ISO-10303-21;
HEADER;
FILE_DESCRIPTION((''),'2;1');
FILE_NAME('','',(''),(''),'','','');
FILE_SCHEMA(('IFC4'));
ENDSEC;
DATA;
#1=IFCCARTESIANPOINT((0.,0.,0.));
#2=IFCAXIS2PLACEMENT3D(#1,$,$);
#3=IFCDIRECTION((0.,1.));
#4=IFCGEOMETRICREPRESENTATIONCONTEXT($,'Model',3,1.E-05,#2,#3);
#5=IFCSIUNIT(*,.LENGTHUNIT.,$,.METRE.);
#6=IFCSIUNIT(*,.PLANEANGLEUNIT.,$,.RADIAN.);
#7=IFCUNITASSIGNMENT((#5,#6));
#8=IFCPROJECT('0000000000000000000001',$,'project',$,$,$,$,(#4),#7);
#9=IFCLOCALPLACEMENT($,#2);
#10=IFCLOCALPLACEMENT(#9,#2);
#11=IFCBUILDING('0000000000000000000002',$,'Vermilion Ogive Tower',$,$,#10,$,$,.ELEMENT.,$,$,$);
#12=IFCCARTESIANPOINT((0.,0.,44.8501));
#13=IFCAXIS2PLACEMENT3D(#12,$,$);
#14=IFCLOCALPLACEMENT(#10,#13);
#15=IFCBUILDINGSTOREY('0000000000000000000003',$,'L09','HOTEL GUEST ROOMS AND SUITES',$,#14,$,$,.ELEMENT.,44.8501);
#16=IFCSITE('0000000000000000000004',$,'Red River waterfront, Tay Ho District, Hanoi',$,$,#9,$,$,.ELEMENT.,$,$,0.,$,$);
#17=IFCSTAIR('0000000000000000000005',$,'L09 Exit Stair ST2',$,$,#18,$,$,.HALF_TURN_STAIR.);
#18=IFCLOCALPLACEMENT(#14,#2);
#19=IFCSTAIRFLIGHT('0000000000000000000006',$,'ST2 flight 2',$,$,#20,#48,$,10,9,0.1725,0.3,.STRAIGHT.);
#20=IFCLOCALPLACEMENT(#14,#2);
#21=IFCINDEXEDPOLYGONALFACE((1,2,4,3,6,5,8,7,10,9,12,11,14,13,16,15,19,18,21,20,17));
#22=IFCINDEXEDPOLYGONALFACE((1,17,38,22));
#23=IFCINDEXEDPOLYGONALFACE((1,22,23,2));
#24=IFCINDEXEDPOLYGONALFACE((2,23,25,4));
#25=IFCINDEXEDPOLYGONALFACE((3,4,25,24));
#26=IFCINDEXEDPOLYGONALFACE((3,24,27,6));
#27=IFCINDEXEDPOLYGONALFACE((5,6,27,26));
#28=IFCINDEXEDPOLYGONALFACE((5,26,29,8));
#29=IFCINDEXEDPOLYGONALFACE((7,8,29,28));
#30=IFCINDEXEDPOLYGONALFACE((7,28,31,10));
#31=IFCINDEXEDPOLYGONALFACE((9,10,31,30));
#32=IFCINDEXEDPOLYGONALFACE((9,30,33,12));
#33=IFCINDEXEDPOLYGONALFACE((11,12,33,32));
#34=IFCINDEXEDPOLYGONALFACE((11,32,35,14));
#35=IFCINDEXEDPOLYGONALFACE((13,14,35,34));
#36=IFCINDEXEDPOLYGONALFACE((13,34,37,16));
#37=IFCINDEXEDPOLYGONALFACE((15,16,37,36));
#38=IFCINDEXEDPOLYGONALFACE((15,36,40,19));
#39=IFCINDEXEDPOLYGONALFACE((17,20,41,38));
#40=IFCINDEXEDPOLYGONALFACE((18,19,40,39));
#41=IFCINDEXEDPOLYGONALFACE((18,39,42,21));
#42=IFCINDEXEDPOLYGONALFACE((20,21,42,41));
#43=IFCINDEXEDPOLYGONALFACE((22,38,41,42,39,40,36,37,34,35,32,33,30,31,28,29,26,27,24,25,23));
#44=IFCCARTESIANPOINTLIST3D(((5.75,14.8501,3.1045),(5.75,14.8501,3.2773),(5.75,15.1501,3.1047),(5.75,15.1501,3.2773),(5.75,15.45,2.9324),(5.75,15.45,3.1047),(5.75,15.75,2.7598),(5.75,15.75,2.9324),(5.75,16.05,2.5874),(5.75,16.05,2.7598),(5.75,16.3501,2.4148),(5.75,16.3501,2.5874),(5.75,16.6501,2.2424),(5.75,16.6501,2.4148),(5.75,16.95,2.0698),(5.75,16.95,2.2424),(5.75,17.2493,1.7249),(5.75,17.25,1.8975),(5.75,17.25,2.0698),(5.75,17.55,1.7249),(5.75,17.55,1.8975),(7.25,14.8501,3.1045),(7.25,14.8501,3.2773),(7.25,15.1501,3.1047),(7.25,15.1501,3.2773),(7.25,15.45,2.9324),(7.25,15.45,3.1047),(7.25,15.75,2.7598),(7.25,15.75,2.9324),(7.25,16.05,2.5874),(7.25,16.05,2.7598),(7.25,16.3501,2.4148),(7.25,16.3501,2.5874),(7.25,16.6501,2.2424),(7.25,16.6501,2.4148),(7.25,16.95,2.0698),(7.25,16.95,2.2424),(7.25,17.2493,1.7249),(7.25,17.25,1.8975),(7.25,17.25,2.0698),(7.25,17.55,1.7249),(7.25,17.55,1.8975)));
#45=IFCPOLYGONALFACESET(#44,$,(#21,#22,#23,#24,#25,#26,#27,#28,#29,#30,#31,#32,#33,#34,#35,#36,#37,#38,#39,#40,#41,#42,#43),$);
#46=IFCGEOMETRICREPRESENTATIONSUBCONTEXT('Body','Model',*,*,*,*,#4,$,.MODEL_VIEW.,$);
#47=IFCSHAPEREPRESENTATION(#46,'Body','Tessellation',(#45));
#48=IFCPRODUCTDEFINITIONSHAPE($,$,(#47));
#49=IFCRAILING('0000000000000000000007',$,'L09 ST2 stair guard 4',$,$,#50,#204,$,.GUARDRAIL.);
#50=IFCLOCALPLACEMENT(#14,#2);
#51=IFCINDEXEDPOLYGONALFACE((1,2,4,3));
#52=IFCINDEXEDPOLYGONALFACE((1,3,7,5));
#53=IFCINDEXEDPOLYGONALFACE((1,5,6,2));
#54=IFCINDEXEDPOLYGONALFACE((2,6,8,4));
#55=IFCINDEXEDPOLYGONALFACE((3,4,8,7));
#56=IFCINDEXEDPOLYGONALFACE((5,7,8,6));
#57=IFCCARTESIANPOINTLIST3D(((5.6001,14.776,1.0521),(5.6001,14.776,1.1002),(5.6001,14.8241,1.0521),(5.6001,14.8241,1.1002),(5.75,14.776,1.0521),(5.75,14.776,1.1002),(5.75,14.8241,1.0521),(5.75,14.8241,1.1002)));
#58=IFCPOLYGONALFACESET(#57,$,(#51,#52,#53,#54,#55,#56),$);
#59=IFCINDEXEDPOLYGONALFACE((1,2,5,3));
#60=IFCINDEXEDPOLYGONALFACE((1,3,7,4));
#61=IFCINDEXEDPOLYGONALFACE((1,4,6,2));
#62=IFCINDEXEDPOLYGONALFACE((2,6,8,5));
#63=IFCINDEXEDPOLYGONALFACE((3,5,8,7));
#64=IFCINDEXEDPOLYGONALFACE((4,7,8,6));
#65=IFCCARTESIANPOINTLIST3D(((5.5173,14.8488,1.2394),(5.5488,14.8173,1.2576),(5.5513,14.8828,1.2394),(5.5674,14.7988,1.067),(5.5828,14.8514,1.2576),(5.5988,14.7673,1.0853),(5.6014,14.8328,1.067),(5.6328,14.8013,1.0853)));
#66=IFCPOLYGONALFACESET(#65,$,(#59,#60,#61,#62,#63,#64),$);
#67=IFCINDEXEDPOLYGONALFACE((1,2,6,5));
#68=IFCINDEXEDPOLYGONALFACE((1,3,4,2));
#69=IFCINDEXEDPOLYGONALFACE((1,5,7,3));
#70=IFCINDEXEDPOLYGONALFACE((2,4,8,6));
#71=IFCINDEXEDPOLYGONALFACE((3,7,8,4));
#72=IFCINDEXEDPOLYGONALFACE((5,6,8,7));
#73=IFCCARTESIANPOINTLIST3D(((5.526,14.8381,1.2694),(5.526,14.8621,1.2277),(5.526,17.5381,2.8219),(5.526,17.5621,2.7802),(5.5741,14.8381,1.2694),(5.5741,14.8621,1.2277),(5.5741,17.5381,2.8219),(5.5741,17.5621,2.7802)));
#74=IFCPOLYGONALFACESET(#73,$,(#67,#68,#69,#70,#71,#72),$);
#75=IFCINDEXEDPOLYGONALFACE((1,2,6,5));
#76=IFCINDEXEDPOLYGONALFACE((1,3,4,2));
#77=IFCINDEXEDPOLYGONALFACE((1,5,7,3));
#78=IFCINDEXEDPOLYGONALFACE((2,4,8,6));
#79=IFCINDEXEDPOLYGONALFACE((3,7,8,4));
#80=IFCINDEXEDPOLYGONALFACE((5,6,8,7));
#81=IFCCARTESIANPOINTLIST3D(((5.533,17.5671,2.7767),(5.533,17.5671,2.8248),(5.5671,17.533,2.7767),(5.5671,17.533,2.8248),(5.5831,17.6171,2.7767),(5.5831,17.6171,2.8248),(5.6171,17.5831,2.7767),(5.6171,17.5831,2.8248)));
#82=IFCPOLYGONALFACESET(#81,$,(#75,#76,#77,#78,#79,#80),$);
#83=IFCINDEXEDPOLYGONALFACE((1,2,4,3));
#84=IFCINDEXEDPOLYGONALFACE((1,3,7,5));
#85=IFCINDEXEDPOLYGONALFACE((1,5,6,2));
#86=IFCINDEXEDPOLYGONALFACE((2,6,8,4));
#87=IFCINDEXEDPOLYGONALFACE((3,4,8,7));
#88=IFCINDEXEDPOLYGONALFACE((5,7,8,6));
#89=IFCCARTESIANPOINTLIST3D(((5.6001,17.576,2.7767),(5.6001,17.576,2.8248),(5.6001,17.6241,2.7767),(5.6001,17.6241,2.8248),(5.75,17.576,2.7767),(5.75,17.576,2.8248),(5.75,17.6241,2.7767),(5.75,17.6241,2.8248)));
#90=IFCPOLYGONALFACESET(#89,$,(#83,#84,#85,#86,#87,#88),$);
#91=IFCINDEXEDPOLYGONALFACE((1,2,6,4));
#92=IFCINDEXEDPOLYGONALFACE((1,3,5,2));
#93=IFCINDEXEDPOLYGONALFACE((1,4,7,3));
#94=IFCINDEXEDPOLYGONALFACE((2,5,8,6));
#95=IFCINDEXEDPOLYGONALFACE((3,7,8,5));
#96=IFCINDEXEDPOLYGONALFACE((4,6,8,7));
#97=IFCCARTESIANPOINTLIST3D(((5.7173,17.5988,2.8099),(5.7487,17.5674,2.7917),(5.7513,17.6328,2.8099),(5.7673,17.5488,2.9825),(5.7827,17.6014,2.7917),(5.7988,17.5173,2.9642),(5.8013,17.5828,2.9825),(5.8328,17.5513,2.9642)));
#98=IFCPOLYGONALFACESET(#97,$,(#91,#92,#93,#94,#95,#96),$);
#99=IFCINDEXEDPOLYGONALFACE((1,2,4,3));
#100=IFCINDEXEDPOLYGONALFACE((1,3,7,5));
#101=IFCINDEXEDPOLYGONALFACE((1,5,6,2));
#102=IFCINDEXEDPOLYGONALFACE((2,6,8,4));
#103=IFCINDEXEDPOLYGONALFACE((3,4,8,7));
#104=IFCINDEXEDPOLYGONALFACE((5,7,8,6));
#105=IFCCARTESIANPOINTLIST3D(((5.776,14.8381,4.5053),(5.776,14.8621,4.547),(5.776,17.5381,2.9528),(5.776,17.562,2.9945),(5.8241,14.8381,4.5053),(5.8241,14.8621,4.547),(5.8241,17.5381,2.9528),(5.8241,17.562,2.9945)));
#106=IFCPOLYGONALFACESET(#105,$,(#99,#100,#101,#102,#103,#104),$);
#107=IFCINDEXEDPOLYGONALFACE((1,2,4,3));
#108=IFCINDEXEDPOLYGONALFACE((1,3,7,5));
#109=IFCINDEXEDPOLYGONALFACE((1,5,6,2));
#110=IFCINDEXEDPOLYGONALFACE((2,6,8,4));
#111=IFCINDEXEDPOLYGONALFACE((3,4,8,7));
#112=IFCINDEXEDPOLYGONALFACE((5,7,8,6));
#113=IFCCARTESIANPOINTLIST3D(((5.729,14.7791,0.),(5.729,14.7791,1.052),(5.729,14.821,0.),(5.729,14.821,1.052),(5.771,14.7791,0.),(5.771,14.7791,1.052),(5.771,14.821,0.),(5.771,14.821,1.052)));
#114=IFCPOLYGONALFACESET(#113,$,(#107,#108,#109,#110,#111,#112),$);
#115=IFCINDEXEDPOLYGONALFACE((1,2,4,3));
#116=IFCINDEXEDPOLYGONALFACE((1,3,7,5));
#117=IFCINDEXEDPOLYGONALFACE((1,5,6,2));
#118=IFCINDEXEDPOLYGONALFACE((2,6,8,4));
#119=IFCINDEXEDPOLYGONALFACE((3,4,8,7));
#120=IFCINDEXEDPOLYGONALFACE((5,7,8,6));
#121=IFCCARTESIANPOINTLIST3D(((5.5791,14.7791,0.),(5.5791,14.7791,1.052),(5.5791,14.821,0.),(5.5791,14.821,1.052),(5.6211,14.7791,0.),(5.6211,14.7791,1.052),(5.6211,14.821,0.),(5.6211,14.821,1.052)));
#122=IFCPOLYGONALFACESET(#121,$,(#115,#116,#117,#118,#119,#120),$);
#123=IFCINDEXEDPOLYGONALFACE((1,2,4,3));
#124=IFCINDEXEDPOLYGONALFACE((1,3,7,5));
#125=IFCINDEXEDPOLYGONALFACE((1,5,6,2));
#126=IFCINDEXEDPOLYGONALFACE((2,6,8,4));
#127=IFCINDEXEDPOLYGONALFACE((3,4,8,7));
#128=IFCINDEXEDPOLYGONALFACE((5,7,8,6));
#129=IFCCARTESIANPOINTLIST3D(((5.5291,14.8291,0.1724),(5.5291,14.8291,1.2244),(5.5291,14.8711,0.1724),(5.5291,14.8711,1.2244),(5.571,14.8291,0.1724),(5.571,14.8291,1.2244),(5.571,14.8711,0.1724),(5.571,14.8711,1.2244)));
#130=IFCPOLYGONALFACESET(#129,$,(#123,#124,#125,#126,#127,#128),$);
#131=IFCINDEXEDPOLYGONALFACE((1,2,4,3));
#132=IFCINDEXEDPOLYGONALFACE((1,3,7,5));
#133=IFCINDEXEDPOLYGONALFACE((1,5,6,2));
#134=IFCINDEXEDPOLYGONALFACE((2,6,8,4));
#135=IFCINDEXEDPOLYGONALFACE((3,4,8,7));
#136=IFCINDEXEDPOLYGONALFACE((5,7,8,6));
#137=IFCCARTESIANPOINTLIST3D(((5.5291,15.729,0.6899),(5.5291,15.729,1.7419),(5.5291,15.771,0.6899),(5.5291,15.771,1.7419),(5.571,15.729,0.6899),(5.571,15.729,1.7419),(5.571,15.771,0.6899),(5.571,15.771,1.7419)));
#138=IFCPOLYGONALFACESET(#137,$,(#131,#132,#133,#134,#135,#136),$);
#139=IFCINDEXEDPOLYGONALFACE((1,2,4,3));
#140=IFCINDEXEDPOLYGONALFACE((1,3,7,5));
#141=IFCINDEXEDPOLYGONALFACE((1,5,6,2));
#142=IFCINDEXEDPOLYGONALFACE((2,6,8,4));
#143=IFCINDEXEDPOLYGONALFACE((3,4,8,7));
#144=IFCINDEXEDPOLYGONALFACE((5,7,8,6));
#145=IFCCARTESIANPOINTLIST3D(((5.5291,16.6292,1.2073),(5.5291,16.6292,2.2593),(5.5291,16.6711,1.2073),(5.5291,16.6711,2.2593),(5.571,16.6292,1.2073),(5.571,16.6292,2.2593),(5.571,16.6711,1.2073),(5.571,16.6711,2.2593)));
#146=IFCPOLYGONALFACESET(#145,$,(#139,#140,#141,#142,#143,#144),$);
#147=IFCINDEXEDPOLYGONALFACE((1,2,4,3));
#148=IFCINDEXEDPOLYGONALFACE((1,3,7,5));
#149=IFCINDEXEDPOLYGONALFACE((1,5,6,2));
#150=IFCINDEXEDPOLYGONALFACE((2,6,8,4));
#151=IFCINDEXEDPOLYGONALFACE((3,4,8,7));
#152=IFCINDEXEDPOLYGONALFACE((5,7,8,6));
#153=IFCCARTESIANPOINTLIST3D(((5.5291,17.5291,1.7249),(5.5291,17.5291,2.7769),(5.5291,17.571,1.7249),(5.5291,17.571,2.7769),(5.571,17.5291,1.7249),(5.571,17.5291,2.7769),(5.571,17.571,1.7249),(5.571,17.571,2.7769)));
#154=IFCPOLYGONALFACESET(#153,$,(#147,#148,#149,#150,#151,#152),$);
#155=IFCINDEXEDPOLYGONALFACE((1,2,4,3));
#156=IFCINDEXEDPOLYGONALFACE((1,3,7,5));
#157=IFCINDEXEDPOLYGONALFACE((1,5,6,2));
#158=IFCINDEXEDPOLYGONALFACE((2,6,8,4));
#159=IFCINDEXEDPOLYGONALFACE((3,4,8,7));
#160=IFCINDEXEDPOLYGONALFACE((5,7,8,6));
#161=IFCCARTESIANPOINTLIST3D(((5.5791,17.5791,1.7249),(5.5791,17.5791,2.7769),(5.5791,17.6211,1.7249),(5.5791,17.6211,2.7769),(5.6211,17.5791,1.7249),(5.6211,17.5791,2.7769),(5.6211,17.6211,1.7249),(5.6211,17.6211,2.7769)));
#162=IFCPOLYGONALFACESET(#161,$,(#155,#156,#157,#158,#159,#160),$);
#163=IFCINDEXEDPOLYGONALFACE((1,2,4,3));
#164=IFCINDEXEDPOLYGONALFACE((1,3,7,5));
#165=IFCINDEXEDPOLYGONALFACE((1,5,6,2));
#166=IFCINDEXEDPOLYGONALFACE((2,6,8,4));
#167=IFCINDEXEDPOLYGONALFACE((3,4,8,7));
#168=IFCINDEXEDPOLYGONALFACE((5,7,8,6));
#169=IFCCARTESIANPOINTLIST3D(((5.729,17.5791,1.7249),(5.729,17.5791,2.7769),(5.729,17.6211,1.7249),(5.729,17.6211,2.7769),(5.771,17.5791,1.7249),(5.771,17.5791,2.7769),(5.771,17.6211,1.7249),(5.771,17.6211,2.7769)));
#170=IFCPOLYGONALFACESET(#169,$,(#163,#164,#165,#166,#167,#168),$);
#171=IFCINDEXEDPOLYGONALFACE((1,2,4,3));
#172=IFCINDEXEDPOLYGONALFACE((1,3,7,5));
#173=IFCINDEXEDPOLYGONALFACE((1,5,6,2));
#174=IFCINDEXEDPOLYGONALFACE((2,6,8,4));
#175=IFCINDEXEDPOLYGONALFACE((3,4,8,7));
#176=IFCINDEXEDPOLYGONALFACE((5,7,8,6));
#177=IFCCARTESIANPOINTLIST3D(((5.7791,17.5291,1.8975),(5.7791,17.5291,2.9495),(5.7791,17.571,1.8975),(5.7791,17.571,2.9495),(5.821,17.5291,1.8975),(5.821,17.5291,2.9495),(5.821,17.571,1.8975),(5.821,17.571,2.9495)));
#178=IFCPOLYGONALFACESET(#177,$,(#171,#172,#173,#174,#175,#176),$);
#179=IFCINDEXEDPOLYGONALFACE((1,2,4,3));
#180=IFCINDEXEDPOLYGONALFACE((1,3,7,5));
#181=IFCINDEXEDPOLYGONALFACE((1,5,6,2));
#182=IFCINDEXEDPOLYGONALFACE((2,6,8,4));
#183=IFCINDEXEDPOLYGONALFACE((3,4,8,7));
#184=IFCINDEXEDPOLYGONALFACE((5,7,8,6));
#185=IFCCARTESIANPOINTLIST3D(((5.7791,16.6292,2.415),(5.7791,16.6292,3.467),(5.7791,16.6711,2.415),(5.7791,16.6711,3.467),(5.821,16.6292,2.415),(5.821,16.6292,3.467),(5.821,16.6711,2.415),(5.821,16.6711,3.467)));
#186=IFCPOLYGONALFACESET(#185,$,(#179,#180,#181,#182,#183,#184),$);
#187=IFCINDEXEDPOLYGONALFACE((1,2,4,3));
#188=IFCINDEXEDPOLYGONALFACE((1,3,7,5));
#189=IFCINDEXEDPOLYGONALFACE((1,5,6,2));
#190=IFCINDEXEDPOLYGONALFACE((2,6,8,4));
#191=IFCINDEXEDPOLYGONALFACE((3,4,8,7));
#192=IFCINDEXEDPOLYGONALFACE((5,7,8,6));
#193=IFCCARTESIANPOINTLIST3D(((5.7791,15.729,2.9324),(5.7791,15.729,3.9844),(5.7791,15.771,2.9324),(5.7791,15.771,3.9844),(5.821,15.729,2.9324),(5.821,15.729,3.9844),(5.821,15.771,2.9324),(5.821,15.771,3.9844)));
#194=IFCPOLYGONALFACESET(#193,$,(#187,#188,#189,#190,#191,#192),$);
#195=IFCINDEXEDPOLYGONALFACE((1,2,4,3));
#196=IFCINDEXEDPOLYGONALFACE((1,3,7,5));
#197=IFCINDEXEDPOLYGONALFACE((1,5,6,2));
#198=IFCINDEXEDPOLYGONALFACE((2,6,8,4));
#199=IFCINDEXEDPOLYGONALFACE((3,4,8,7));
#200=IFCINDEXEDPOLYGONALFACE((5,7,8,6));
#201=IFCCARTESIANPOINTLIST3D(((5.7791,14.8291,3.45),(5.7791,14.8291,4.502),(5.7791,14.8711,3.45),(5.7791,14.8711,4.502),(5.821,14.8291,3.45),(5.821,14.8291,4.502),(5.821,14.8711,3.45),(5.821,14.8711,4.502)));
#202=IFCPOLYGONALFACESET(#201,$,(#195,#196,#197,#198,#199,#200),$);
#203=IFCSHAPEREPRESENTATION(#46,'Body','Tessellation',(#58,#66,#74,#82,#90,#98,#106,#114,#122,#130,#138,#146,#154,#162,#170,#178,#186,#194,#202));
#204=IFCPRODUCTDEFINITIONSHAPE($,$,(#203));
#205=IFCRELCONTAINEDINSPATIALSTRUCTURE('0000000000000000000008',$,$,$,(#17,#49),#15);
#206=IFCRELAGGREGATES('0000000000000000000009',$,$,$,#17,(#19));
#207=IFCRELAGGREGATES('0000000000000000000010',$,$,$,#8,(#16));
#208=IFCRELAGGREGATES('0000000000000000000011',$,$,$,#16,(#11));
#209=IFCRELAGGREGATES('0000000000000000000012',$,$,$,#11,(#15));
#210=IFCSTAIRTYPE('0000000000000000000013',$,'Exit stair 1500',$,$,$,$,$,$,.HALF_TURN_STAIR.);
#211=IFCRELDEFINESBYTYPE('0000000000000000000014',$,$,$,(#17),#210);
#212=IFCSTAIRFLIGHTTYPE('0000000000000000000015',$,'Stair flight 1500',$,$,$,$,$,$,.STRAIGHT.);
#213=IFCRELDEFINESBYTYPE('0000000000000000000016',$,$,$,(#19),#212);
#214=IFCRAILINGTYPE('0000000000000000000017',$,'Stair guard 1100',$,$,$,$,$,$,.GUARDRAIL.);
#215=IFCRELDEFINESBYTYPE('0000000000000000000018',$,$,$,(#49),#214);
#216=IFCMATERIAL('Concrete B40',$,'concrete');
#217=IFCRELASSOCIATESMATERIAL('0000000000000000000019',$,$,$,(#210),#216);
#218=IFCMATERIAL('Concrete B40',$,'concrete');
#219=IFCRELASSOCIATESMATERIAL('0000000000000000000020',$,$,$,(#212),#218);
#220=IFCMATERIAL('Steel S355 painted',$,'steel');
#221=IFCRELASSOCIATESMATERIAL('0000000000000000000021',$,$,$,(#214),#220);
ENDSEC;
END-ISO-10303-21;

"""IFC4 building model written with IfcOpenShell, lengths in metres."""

from ifc_helpers import new_model, si_unit, direction, frame, origin, origin_2d, place, context, subcontext, project, spatial, polyline, rectangle, outline, extrude, material, type_object, element, aggregate, save


model = new_model("IFC4")

# Units and contexts
model_context = context("Model", 3, precision=1e-05, world=origin(), true_north=direction((0.0, 1.0)))
body_context = subcontext(model_context, "Body", "Model", "MODEL_VIEW")
ifc_project = project(units=[si_unit("LENGTHUNIT", "METRE"), si_unit("PLANEANGLEUNIT", "RADIAN")], contexts=[model_context])

# Site, building, storey
site_placement = place(None, origin())
site = spatial("IfcSite", under=ifc_project, at=site_placement, Name="Red River waterfront, Tay Ho District, Hanoi", CompositionType="ELEMENT", RefElevation=0.0)
building_placement = place(site_placement, origin())
building = spatial("IfcBuilding", under=site, at=building_placement, Name="Vermilion Ogive Tower", CompositionType="ELEMENT")
storey_placement = place(building_placement, frame((0.0, 0.0, 44.8501)))
storey = spatial("IfcBuildingStorey", under=building, at=storey_placement, Name="L09", Description="HOTEL GUEST ROOMS AND SUITES", CompositionType="ELEMENT", Elevation=44.8501)

# Stair, stair flight
ifc_material_1 = material(Name="Concrete B40", Category="concrete")
stair_type = type_object("IfcStairType", Name="Exit stair 1500", PredefinedType="HALF_TURN_STAIR", material=ifc_material_1)
stair_placement = place(storey_placement, origin())
stair = element("IfcStair", 1, at=stair_placement, inside=storey, type_object=stair_type, Name="L09 Exit Stair ST2", PredefinedType="HALF_TURN_STAIR")
ifc_material_2 = material(Name="Concrete B40", Category="concrete")
stair_flight_type = type_object("IfcStairFlightType", Name="Stair flight 1500", PredefinedType="STRAIGHT", material=ifc_material_2)
stair_flight_1_placement = place(storey_placement, frame((6.5, 17.55, 1.7249), z_axis=(0.0, 0.0, 1.0), x_axis=(0.0, -1.0, 0.0)))
stair_flight_1 = element("IfcStairFlight", 2, at=stair_flight_1_placement, type_object=stair_flight_type, Name="ST2 flight 2", NumberOfRisers=10, NumberOfTreads=9, PredefinedType="STRAIGHT", RiserHeight=0.1725, TreadLength=0.3, context=body_context, shape_type="SweptSolid", body=[
    extrude(outline(polyline([(0.0, 0.0), (0.0, 0.1726), (0.3, 0.1726), (0.3, 0.345), (0.6001, 0.345), (0.6001, 0.5176), (0.8999, 0.5176), (0.8999, 0.6899), (1.2, 0.6899), (1.2, 0.8625), (1.5, 0.8625), (1.5, 1.0349), (1.8, 1.0349), (1.8, 1.2075), (2.1001, 1.2075), (2.1001, 1.3799), (2.3999, 1.3799), (2.3999, 1.5525), (2.7, 1.5525), (2.7, 1.7251), (2.7, 1.3796), (0.3008, 0.0), (0.0, 0.0)])), frame((0.0, 0.75, 0.0), z_axis=(0.0, -1.0, 0.0), x_axis=(1.0, 0.0, 0.0)), (0.0, 0.0, 1.0), 1.5),
])
aggregate(stair, [stair_flight_1])

# Railing
ifc_material_3 = material(Name="Steel S355 painted", Category="steel")
railing_type_1 = type_object("IfcRailingType", Name="Stair guard 1100", PredefinedType="GUARDRAIL", material=ifc_material_3)
railing_1_placement = place(storey_placement, frame((5.75, 14.8, 0.0)))
element("IfcRailing", 3, at=railing_1_placement, inside=storey, type_object=railing_type_1, Name="L09 ST2 stair guard 4", PredefinedType="GUARDRAIL", context=body_context, shape_type="SweptSolid", body=[
    extrude(rectangle(XDim=0.0481, YDim=0.0481, at=origin_2d()), frame((0.0, 0.0, 1.0762), z_axis=(-1.0, 0.0, 0.0), x_axis=(0.0, -1.0, 0.0)), (0.0, 0.0, 1.0), 0.1499),
    extrude(rectangle(XDim=0.0481, YDim=0.0481, at=origin_2d()), frame((-0.1499, 0.0, 1.0762), z_axis=(-0.268603, 0.268603, 0.925043), x_axis=(-0.707107, -0.707107, 0.0)), (0.0, 0.0, 1.0), 0.1863),
    extrude(rectangle(XDim=0.0481, YDim=0.0481, at=origin_2d()), frame((-0.2, 0.05, 1.2485), z_axis=(0.0, 0.866904, 0.498476), x_axis=(-1.0, 0.0, 0.0)), (0.0, 0.0, 1.0), 3.1145),
    extrude(rectangle(XDim=0.0481, YDim=0.0481, at=origin_2d()), frame((-0.2, 2.75, 2.8008), z_axis=(0.707107, 0.707107, 0.0), x_axis=(-0.707107, 0.707107, 0.0)), (0.0, 0.0, 1.0), 0.0708),
    extrude(rectangle(XDim=0.0481, YDim=0.0481, at=origin_2d()), frame((-0.1499, 2.8, 2.8008), z_axis=(1.0, 0.0, 0.0), x_axis=(0.0, 1.0, 0.0)), (0.0, 0.0, 1.0), 0.1499),
    extrude(rectangle(XDim=0.0481, YDim=0.0481, at=origin_2d()), frame((0.0, 2.8, 2.8008), z_axis=(0.268278, -0.268278, 0.925232), x_axis=(0.707107, 0.707107, 0.0)), (0.0, 0.0, 1.0), 0.1865),
    extrude(rectangle(XDim=0.0481, YDim=0.0481, at=origin_2d()), frame((0.05, 2.75, 2.9736), z_axis=(0.0, -0.866904, 0.498476), x_axis=(1.0, 0.0, 0.0)), (0.0, 0.0, 1.0), 3.1145),
    extrude(rectangle(XDim=0.042, YDim=0.042, at=origin_2d()), origin(), (0.0, 0.0, 1.0), 1.052),
    extrude(rectangle(XDim=0.042, YDim=0.042, at=origin_2d()), frame((-0.1499, 0.0, 0.0)), (0.0, 0.0, 1.0), 1.052),
    extrude(rectangle(XDim=0.042, YDim=0.042, at=origin_2d()), frame((-0.2, 0.05, 0.1724)), (0.0, 0.0, 1.0), 1.052),
    extrude(rectangle(XDim=0.042, YDim=0.042, at=origin_2d()), frame((-0.2, 0.95, 0.6899)), (0.0, 0.0, 1.0), 1.052),
    extrude(rectangle(XDim=0.042, YDim=0.042, at=origin_2d()), frame((-0.2, 1.8501, 1.2073)), (0.0, 0.0, 1.0), 1.052),
    extrude(rectangle(XDim=0.042, YDim=0.042, at=origin_2d()), frame((-0.2, 2.75, 1.7249)), (0.0, 0.0, 1.0), 1.052),
    extrude(rectangle(XDim=0.042, YDim=0.042, at=origin_2d()), frame((-0.1499, 2.8, 1.7249)), (0.0, 0.0, 1.0), 1.052),
    extrude(rectangle(XDim=0.042, YDim=0.042, at=origin_2d()), frame((0.0, 2.8, 1.7249)), (0.0, 0.0, 1.0), 1.052),
    extrude(rectangle(XDim=0.042, YDim=0.042, at=origin_2d()), frame((0.05, 2.75, 1.8975)), (0.0, 0.0, 1.0), 1.052),
    extrude(rectangle(XDim=0.042, YDim=0.042, at=origin_2d()), frame((0.05, 1.8501, 2.415)), (0.0, 0.0, 1.0), 1.052),
    extrude(rectangle(XDim=0.042, YDim=0.042, at=origin_2d()), frame((0.05, 0.95, 2.9324)), (0.0, 0.0, 1.0), 1.052),
    extrude(rectangle(XDim=0.042, YDim=0.042, at=origin_2d()), frame((0.05, 0.05, 3.45)), (0.0, 0.0, 1.0), 1.052),
])

save(model, "model.ifc")
